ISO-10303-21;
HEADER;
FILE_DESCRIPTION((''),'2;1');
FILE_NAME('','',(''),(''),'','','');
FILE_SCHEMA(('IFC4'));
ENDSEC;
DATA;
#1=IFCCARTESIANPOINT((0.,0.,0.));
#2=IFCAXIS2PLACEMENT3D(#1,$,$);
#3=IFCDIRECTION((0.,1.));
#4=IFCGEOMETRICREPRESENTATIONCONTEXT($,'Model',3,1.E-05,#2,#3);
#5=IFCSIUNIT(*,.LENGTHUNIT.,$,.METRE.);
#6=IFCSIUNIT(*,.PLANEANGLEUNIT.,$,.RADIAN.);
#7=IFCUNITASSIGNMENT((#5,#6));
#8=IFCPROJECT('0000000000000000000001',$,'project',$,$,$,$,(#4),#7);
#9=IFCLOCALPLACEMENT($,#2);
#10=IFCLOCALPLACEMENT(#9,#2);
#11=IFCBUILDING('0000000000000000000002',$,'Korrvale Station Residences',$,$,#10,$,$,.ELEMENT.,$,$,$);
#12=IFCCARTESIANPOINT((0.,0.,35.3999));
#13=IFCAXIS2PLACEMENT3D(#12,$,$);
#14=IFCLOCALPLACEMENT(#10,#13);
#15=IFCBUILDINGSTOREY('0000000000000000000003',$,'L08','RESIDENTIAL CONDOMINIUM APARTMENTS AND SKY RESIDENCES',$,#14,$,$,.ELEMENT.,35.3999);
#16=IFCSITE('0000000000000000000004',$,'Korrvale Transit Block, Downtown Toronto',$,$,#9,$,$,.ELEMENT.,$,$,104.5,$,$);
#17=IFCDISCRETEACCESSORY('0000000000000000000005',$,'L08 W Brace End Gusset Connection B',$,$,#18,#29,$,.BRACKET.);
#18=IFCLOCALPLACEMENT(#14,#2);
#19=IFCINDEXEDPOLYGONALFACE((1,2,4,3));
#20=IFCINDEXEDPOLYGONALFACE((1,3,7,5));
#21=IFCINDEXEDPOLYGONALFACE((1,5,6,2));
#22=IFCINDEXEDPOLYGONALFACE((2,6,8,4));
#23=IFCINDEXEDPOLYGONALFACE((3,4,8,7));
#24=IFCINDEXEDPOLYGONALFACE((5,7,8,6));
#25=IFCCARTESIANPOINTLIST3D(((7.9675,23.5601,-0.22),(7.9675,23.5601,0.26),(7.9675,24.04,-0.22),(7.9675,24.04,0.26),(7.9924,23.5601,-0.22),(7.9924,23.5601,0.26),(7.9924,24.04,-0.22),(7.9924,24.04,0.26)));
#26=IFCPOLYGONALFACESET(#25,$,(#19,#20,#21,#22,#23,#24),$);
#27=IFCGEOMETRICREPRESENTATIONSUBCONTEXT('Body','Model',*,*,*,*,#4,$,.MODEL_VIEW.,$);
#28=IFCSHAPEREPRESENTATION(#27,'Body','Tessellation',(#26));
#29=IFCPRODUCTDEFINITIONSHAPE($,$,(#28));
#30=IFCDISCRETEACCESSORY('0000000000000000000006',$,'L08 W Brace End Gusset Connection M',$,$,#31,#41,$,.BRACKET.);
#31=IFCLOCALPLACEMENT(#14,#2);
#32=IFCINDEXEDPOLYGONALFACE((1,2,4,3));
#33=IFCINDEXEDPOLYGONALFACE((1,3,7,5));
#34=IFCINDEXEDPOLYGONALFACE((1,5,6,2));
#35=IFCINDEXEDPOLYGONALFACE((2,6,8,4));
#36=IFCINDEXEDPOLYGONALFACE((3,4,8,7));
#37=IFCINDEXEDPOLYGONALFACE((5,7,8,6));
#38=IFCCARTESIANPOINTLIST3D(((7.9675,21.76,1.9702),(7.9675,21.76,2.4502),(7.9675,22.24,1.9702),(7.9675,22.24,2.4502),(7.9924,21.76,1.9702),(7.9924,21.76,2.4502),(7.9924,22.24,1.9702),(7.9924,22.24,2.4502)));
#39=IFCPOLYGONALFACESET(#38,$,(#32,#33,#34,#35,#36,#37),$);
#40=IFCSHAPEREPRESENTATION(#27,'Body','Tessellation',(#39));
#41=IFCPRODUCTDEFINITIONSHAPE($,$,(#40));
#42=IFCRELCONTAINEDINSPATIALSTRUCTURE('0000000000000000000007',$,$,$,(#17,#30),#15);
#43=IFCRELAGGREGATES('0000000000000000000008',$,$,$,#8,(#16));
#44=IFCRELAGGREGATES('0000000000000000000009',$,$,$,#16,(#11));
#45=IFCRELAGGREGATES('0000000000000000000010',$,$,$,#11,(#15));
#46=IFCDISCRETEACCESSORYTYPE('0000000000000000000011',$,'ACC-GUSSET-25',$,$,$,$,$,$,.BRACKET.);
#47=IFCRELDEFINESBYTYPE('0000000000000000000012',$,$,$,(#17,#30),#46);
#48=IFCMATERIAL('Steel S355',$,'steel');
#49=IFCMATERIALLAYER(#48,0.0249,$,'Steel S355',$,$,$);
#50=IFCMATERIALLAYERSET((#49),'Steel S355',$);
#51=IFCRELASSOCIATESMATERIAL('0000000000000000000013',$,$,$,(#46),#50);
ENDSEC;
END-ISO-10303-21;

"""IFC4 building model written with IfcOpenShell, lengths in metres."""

from ifc_helpers import new_model, si_unit, direction, frame, origin, origin_2d, place, context, subcontext, project, spatial, rectangle, extrude, material, layer, layer_set, type_object, element, save


model = new_model("IFC4")

# Units and contexts
model_context = context("Model", 3, precision=1e-05, world=origin(), true_north=direction((0.0, 1.0)))
body_context = subcontext(model_context, "Body", "Model", "MODEL_VIEW")
ifc_project = project(units=[si_unit("LENGTHUNIT", "METRE"), si_unit("PLANEANGLEUNIT", "RADIAN")], contexts=[model_context])

# Site, building, storey
site_placement = place(None, origin())
site = spatial("IfcSite", under=ifc_project, at=site_placement, Name="Korrvale Transit Block, Downtown Toronto", CompositionType="ELEMENT", RefElevation=104.5)
building_placement = place(site_placement, origin())
building = spatial("IfcBuilding", under=site, at=building_placement, Name="Korrvale Station Residences", CompositionType="ELEMENT")
storey_placement = place(building_placement, frame((0.0, 0.0, 35.3999)))
storey = spatial("IfcBuildingStorey", under=building, at=storey_placement, Name="L08", Description="RESIDENTIAL CONDOMINIUM APARTMENTS AND SKY RESIDENCES", CompositionType="ELEMENT", Elevation=35.3999)

# Shared definitions
ifc_material_1 = material(Name="Steel S355", Category="steel")

# Discrete accessories
ifc_layer_1 = layer(ifc_material_1, 0.0249, Name="Steel S355")
ifc_layer_set_1 = layer_set([ifc_layer_1], Name="Steel S355")
discrete_accessory_type = type_object("IfcDiscreteAccessoryType", Name="ACC-GUSSET-25", PredefinedType="BRACKET", material=ifc_layer_set_1)
for number, where, z_axis, x_axis, name in (
    (1, (7.98, 23.8, -0.22), (0.0, 0.0, 1.0), (0.0, 1.0, 0.0), "L08 W Brace End Gusset Connection B"),
    (2, (7.98, 22.0, 1.9702), (0.0, 0.0, 1.0), (0.0, 1.0, 0.0), "L08 W Brace End Gusset Connection M"),
):
    element("IfcDiscreteAccessory", number, at=place(storey_placement, frame(where, z_axis=z_axis, x_axis=x_axis)), inside=storey, type_object=discrete_accessory_type, Name=name, PredefinedType="BRACKET", context=body_context, shape_type="SweptSolid", body=[
        extrude(rectangle(XDim=0.48, YDim=0.0249, at=origin_2d()), origin(), (0.0, 0.0, 1.0), 0.48),
    ])

save(model, "model.ifc")
